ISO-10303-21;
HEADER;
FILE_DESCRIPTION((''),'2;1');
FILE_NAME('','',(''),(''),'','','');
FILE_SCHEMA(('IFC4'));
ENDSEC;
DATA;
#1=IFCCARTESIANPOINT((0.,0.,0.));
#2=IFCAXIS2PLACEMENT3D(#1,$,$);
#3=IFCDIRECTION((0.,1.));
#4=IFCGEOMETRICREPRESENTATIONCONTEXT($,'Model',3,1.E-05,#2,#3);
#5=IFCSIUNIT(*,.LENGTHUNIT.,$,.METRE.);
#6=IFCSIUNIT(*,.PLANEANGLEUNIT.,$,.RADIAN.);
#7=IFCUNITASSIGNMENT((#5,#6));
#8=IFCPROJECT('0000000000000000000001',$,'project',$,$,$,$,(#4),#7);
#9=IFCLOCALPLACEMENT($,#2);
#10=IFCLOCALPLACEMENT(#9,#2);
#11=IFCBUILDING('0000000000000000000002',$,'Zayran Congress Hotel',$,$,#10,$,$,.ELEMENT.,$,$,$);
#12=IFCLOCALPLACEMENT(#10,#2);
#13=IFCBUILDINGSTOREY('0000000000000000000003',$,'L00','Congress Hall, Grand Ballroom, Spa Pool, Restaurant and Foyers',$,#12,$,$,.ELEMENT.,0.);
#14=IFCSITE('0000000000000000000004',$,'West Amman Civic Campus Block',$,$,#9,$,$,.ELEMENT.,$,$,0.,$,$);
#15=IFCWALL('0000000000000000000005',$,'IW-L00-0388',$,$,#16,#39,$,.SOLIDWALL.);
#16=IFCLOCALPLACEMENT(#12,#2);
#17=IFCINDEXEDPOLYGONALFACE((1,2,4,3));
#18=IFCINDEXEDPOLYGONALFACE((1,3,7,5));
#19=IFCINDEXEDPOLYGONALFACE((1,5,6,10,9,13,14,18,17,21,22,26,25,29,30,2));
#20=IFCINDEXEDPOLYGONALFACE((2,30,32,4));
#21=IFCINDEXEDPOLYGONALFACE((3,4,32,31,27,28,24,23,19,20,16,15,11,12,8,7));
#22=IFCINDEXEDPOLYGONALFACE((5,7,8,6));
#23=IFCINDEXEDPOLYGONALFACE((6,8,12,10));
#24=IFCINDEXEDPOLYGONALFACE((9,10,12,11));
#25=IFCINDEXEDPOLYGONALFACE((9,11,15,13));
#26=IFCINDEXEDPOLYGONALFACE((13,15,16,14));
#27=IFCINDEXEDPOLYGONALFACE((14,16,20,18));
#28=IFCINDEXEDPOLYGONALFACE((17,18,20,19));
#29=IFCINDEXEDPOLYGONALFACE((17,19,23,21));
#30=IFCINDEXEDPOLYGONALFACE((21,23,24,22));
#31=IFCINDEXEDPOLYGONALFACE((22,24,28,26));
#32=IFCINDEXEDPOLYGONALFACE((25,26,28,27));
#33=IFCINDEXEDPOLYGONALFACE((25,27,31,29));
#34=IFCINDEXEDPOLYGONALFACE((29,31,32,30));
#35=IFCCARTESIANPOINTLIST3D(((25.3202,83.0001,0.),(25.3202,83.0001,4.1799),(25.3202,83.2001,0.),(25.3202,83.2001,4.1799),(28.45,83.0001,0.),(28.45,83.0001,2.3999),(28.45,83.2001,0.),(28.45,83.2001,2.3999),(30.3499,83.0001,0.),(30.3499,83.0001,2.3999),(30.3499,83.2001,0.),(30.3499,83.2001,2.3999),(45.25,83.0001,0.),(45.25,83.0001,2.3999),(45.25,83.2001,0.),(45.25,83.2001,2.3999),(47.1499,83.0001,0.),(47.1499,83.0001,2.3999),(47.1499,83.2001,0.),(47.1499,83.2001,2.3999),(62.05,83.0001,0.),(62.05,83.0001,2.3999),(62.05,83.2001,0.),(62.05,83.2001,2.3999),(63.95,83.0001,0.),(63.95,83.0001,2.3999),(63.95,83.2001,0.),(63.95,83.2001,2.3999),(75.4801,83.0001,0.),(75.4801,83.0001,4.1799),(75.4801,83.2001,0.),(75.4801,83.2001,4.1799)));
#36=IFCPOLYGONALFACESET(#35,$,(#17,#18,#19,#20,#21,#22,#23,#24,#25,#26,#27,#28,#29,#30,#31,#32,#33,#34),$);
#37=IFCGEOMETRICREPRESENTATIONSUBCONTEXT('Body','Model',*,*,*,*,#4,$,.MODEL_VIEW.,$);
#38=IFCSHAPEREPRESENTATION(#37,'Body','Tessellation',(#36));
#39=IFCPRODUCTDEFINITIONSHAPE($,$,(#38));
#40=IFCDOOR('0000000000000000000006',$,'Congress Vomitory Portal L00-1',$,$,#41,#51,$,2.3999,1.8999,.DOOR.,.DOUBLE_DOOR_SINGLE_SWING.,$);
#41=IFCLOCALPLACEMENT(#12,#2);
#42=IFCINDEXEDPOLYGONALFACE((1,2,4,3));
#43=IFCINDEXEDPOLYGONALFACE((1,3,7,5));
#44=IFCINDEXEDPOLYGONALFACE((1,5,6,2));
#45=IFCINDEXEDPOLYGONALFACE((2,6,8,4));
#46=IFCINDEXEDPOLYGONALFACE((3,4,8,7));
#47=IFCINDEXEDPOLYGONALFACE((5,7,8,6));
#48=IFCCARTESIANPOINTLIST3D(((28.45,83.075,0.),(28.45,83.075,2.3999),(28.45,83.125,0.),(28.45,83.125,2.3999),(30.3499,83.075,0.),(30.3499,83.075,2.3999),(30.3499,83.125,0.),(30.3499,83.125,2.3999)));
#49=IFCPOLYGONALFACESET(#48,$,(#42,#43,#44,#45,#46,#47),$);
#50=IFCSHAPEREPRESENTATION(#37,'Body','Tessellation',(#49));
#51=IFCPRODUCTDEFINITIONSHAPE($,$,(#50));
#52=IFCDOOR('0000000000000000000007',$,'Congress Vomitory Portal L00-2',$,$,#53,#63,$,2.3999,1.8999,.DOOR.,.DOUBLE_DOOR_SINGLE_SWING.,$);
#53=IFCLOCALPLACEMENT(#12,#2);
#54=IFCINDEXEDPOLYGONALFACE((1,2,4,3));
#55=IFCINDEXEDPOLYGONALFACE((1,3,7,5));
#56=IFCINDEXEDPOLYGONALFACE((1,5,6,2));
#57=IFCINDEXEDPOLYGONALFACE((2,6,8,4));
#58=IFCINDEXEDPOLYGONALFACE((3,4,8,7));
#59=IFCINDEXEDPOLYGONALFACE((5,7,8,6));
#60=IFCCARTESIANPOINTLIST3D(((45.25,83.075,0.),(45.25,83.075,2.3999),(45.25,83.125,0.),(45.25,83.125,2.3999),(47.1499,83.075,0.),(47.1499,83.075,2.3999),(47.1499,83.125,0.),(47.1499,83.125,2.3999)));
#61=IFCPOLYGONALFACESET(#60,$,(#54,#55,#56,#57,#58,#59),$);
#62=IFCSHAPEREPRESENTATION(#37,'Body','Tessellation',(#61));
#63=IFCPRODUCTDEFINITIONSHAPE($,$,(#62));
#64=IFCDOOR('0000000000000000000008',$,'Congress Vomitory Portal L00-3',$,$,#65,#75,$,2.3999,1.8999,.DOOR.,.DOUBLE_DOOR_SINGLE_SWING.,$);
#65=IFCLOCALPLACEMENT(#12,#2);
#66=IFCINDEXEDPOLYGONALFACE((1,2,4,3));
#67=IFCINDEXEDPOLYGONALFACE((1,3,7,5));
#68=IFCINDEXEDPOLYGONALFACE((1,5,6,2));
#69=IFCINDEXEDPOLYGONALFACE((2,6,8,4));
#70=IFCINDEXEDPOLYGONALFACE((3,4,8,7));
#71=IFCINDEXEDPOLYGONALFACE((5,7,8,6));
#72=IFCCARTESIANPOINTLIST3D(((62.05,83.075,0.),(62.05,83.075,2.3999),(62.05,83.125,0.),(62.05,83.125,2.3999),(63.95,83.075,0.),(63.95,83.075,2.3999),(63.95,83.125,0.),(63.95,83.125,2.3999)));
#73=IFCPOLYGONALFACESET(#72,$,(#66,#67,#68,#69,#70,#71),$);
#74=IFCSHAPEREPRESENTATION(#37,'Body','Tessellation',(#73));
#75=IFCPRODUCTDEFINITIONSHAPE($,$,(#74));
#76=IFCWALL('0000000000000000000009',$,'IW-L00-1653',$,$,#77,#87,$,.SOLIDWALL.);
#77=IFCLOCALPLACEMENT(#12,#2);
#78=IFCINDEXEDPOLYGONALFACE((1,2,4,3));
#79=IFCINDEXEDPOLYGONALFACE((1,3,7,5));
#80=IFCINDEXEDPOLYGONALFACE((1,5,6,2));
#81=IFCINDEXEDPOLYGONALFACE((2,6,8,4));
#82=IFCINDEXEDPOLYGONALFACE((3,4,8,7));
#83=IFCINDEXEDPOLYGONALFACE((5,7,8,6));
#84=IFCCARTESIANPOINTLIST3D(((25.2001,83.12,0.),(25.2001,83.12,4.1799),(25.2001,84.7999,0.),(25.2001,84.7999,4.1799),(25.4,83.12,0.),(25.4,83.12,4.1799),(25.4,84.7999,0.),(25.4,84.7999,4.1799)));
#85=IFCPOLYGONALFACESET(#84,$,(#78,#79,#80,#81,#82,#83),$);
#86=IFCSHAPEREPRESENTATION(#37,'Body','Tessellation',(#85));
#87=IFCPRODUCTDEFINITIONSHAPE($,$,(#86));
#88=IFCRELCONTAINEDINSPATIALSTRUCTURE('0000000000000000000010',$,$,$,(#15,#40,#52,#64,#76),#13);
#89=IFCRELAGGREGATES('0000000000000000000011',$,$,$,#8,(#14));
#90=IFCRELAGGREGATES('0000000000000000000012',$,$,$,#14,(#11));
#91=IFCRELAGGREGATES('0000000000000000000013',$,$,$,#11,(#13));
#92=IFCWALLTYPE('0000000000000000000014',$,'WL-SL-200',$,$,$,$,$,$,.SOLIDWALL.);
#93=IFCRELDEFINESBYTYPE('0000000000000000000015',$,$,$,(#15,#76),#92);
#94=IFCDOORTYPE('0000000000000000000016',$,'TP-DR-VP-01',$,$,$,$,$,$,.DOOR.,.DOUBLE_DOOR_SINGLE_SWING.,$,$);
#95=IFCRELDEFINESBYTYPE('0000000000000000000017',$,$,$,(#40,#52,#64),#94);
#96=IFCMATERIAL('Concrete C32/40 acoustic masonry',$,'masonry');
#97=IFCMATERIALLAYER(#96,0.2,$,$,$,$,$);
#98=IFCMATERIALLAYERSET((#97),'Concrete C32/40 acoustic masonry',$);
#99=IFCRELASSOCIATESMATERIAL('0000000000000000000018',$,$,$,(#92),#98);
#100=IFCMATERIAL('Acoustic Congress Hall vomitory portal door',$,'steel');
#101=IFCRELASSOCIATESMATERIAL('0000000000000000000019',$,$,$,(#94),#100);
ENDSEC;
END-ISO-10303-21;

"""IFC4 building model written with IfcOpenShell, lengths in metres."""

from ifc_helpers import new_model, si_unit, direction, frame, frame_2d, origin, place, context, subcontext, project, spatial, rectangle, extrude, material, layer, layer_set, type_object, element, fill, save


model = new_model("IFC4")

# Units and contexts
model_context = context("Model", 3, precision=1e-05, world=origin(), true_north=direction((0.0, 1.0)))
body_context = subcontext(model_context, "Body", "Model", "MODEL_VIEW")
ifc_project = project(units=[si_unit("LENGTHUNIT", "METRE"), si_unit("PLANEANGLEUNIT", "RADIAN")], contexts=[model_context])

# Site, building, storey
site_placement = place(None, origin())
site = spatial("IfcSite", under=ifc_project, at=site_placement, Name="West Amman Civic Campus Block", CompositionType="ELEMENT", RefElevation=0.0)
building_placement = place(site_placement, origin())
building = spatial("IfcBuilding", under=site, at=building_placement, Name="Zayran Congress Hotel", CompositionType="ELEMENT")
storey_placement = place(building_placement, origin())
storey = spatial("IfcBuildingStorey", under=building, at=storey_placement, Name="L00", Description="Congress Hall, Grand Ballroom, Spa Pool, Restaurant and Foyers", CompositionType="ELEMENT", Elevation=0.0)

# Wall, openings, doors
ifc_material_1 = material(Name="Concrete C32/40 acoustic masonry", Category="masonry")
ifc_layer_1 = layer(ifc_material_1, 0.2)
ifc_layer_set_1 = layer_set([ifc_layer_1], Name="Concrete C32/40 acoustic masonry")
wall_type_1 = type_object("IfcWallType", Name="WL-SL-200", PredefinedType="SOLIDWALL", material=ifc_layer_set_1)
wall_1_placement = place(storey_placement, frame((25.3201, 83.1001, 0.0), z_axis=(0.0, 0.0, 1.0), x_axis=(1.0, 0.0, 0.0)))
wall_1 = element("IfcWall", 1, at=wall_1_placement, inside=storey, type_object=wall_type_1, Name="IW-L00-0388", PredefinedType="SOLIDWALL", context=body_context, shape_type="SweptSolid", body=[
    extrude(rectangle(XDim=50.1599, YDim=0.2, at=frame_2d((25.0801, 0.0))), origin(), (0.0, 0.0, 1.0), 4.1799),
])
opening_1_placement = place(wall_1_placement, frame((3.1299, 0.0, 0.0)))
opening_1 = element("IfcOpeningElement", 2, at=opening_1_placement, cuts=wall_1, PredefinedType="OPENING", context=body_context, shape_type="SweptSolid", body=[
    extrude(rectangle(XDim=1.8999, YDim=2.3999, at=frame_2d((0.95, 1.2))), frame((0.0, 0.1099, 0.0), z_axis=(0.0, -1.0, 0.0), x_axis=(1.0, 0.0, 0.0)), (0.0, 0.0, 1.0), 0.22),
])
opening_2_placement = place(wall_1_placement, frame((19.9299, 0.0, 0.0)))
opening_2 = element("IfcOpeningElement", 3, at=opening_2_placement, cuts=wall_1, PredefinedType="OPENING", context=body_context, shape_type="SweptSolid", body=[
    extrude(rectangle(XDim=1.8999, YDim=2.3999, at=frame_2d((0.95, 1.2))), frame((0.0, 0.1099, 0.0), z_axis=(0.0, -1.0, 0.0), x_axis=(1.0, 0.0, 0.0)), (0.0, 0.0, 1.0), 0.22),
])
opening_3_placement = place(wall_1_placement, frame((36.73, 0.0, 0.0)))
opening_3 = element("IfcOpeningElement", 4, at=opening_3_placement, cuts=wall_1, PredefinedType="OPENING", context=body_context, shape_type="SweptSolid", body=[
    extrude(rectangle(XDim=1.8999, YDim=2.3999, at=frame_2d((0.95, 1.2))), frame((0.0, 0.1099, 0.0), z_axis=(0.0, -1.0, 0.0), x_axis=(1.0, 0.0, 0.0)), (0.0, 0.0, 1.0), 0.22),
])
ifc_material_2 = material(Name="Acoustic Congress Hall vomitory portal door", Category="steel")
door_type = type_object("IfcDoorType", Name="TP-DR-VP-01", OperationType="DOUBLE_DOOR_SINGLE_SWING", PredefinedType="DOOR", material=ifc_material_2)
door_1_placement = place(opening_1_placement, origin())
door_1 = element("IfcDoor", 5, at=door_1_placement, inside=storey, type_object=door_type, Name="Congress Vomitory Portal L00-1", OperationType="DOUBLE_DOOR_SINGLE_SWING", OverallHeight=2.3999, OverallWidth=1.8999, PredefinedType="DOOR", context=body_context, shape_type="SweptSolid", body=[
    extrude(rectangle(XDim=1.8999, YDim=2.3999, at=frame_2d((0.95, 1.2))), frame((0.0, 0.0249, 0.0), z_axis=(0.0, -1.0, 0.0), x_axis=(1.0, 0.0, 0.0)), (0.0, 0.0, 1.0), 0.05),
])
fill(opening_1, door_1)
door_2_placement = place(opening_2_placement, origin())
door_2 = element("IfcDoor", 6, at=door_2_placement, inside=storey, type_object=door_type, Name="Congress Vomitory Portal L00-2", OperationType="DOUBLE_DOOR_SINGLE_SWING", OverallHeight=2.3999, OverallWidth=1.8999, PredefinedType="DOOR", context=body_context, shape_type="SweptSolid", body=[
    extrude(rectangle(XDim=1.8999, YDim=2.3999, at=frame_2d((0.95, 1.2))), frame((0.0, 0.0249, 0.0), z_axis=(0.0, -1.0, 0.0), x_axis=(1.0, 0.0, 0.0)), (0.0, 0.0, 1.0), 0.05),
])
fill(opening_2, door_2)
door_3_placement = place(opening_3_placement, origin())
door_3 = element("IfcDoor", 7, at=door_3_placement, inside=storey, type_object=door_type, Name="Congress Vomitory Portal L00-3", OperationType="DOUBLE_DOOR_SINGLE_SWING", OverallHeight=2.3999, OverallWidth=1.8999, PredefinedType="DOOR", context=body_context, shape_type="SweptSolid", body=[
    extrude(rectangle(XDim=1.8999, YDim=2.3999, at=frame_2d((0.95, 1.2))), frame((0.0, 0.0249, 0.0), z_axis=(0.0, -1.0, 0.0), x_axis=(1.0, 0.0, 0.0)), (0.0, 0.0, 1.0), 0.05),
])
fill(opening_3, door_3)

# Wall
wall_2_placement = place(storey_placement, frame((25.3, 83.1201, 0.0), z_axis=(0.0, 0.0, 1.0), x_axis=(0.0, 1.0, 0.0)))
element("IfcWall", 8, at=wall_2_placement, inside=storey, type_object=wall_type_1, Name="IW-L00-1653", PredefinedType="SOLIDWALL", context=body_context, shape_type="SweptSolid", body=[
    extrude(rectangle(XDim=1.6799, YDim=0.2, at=frame_2d((0.8398, 0.0))), origin(), (0.0, 0.0, 1.0), 4.1799),
])

save(model, "model.ifc")
